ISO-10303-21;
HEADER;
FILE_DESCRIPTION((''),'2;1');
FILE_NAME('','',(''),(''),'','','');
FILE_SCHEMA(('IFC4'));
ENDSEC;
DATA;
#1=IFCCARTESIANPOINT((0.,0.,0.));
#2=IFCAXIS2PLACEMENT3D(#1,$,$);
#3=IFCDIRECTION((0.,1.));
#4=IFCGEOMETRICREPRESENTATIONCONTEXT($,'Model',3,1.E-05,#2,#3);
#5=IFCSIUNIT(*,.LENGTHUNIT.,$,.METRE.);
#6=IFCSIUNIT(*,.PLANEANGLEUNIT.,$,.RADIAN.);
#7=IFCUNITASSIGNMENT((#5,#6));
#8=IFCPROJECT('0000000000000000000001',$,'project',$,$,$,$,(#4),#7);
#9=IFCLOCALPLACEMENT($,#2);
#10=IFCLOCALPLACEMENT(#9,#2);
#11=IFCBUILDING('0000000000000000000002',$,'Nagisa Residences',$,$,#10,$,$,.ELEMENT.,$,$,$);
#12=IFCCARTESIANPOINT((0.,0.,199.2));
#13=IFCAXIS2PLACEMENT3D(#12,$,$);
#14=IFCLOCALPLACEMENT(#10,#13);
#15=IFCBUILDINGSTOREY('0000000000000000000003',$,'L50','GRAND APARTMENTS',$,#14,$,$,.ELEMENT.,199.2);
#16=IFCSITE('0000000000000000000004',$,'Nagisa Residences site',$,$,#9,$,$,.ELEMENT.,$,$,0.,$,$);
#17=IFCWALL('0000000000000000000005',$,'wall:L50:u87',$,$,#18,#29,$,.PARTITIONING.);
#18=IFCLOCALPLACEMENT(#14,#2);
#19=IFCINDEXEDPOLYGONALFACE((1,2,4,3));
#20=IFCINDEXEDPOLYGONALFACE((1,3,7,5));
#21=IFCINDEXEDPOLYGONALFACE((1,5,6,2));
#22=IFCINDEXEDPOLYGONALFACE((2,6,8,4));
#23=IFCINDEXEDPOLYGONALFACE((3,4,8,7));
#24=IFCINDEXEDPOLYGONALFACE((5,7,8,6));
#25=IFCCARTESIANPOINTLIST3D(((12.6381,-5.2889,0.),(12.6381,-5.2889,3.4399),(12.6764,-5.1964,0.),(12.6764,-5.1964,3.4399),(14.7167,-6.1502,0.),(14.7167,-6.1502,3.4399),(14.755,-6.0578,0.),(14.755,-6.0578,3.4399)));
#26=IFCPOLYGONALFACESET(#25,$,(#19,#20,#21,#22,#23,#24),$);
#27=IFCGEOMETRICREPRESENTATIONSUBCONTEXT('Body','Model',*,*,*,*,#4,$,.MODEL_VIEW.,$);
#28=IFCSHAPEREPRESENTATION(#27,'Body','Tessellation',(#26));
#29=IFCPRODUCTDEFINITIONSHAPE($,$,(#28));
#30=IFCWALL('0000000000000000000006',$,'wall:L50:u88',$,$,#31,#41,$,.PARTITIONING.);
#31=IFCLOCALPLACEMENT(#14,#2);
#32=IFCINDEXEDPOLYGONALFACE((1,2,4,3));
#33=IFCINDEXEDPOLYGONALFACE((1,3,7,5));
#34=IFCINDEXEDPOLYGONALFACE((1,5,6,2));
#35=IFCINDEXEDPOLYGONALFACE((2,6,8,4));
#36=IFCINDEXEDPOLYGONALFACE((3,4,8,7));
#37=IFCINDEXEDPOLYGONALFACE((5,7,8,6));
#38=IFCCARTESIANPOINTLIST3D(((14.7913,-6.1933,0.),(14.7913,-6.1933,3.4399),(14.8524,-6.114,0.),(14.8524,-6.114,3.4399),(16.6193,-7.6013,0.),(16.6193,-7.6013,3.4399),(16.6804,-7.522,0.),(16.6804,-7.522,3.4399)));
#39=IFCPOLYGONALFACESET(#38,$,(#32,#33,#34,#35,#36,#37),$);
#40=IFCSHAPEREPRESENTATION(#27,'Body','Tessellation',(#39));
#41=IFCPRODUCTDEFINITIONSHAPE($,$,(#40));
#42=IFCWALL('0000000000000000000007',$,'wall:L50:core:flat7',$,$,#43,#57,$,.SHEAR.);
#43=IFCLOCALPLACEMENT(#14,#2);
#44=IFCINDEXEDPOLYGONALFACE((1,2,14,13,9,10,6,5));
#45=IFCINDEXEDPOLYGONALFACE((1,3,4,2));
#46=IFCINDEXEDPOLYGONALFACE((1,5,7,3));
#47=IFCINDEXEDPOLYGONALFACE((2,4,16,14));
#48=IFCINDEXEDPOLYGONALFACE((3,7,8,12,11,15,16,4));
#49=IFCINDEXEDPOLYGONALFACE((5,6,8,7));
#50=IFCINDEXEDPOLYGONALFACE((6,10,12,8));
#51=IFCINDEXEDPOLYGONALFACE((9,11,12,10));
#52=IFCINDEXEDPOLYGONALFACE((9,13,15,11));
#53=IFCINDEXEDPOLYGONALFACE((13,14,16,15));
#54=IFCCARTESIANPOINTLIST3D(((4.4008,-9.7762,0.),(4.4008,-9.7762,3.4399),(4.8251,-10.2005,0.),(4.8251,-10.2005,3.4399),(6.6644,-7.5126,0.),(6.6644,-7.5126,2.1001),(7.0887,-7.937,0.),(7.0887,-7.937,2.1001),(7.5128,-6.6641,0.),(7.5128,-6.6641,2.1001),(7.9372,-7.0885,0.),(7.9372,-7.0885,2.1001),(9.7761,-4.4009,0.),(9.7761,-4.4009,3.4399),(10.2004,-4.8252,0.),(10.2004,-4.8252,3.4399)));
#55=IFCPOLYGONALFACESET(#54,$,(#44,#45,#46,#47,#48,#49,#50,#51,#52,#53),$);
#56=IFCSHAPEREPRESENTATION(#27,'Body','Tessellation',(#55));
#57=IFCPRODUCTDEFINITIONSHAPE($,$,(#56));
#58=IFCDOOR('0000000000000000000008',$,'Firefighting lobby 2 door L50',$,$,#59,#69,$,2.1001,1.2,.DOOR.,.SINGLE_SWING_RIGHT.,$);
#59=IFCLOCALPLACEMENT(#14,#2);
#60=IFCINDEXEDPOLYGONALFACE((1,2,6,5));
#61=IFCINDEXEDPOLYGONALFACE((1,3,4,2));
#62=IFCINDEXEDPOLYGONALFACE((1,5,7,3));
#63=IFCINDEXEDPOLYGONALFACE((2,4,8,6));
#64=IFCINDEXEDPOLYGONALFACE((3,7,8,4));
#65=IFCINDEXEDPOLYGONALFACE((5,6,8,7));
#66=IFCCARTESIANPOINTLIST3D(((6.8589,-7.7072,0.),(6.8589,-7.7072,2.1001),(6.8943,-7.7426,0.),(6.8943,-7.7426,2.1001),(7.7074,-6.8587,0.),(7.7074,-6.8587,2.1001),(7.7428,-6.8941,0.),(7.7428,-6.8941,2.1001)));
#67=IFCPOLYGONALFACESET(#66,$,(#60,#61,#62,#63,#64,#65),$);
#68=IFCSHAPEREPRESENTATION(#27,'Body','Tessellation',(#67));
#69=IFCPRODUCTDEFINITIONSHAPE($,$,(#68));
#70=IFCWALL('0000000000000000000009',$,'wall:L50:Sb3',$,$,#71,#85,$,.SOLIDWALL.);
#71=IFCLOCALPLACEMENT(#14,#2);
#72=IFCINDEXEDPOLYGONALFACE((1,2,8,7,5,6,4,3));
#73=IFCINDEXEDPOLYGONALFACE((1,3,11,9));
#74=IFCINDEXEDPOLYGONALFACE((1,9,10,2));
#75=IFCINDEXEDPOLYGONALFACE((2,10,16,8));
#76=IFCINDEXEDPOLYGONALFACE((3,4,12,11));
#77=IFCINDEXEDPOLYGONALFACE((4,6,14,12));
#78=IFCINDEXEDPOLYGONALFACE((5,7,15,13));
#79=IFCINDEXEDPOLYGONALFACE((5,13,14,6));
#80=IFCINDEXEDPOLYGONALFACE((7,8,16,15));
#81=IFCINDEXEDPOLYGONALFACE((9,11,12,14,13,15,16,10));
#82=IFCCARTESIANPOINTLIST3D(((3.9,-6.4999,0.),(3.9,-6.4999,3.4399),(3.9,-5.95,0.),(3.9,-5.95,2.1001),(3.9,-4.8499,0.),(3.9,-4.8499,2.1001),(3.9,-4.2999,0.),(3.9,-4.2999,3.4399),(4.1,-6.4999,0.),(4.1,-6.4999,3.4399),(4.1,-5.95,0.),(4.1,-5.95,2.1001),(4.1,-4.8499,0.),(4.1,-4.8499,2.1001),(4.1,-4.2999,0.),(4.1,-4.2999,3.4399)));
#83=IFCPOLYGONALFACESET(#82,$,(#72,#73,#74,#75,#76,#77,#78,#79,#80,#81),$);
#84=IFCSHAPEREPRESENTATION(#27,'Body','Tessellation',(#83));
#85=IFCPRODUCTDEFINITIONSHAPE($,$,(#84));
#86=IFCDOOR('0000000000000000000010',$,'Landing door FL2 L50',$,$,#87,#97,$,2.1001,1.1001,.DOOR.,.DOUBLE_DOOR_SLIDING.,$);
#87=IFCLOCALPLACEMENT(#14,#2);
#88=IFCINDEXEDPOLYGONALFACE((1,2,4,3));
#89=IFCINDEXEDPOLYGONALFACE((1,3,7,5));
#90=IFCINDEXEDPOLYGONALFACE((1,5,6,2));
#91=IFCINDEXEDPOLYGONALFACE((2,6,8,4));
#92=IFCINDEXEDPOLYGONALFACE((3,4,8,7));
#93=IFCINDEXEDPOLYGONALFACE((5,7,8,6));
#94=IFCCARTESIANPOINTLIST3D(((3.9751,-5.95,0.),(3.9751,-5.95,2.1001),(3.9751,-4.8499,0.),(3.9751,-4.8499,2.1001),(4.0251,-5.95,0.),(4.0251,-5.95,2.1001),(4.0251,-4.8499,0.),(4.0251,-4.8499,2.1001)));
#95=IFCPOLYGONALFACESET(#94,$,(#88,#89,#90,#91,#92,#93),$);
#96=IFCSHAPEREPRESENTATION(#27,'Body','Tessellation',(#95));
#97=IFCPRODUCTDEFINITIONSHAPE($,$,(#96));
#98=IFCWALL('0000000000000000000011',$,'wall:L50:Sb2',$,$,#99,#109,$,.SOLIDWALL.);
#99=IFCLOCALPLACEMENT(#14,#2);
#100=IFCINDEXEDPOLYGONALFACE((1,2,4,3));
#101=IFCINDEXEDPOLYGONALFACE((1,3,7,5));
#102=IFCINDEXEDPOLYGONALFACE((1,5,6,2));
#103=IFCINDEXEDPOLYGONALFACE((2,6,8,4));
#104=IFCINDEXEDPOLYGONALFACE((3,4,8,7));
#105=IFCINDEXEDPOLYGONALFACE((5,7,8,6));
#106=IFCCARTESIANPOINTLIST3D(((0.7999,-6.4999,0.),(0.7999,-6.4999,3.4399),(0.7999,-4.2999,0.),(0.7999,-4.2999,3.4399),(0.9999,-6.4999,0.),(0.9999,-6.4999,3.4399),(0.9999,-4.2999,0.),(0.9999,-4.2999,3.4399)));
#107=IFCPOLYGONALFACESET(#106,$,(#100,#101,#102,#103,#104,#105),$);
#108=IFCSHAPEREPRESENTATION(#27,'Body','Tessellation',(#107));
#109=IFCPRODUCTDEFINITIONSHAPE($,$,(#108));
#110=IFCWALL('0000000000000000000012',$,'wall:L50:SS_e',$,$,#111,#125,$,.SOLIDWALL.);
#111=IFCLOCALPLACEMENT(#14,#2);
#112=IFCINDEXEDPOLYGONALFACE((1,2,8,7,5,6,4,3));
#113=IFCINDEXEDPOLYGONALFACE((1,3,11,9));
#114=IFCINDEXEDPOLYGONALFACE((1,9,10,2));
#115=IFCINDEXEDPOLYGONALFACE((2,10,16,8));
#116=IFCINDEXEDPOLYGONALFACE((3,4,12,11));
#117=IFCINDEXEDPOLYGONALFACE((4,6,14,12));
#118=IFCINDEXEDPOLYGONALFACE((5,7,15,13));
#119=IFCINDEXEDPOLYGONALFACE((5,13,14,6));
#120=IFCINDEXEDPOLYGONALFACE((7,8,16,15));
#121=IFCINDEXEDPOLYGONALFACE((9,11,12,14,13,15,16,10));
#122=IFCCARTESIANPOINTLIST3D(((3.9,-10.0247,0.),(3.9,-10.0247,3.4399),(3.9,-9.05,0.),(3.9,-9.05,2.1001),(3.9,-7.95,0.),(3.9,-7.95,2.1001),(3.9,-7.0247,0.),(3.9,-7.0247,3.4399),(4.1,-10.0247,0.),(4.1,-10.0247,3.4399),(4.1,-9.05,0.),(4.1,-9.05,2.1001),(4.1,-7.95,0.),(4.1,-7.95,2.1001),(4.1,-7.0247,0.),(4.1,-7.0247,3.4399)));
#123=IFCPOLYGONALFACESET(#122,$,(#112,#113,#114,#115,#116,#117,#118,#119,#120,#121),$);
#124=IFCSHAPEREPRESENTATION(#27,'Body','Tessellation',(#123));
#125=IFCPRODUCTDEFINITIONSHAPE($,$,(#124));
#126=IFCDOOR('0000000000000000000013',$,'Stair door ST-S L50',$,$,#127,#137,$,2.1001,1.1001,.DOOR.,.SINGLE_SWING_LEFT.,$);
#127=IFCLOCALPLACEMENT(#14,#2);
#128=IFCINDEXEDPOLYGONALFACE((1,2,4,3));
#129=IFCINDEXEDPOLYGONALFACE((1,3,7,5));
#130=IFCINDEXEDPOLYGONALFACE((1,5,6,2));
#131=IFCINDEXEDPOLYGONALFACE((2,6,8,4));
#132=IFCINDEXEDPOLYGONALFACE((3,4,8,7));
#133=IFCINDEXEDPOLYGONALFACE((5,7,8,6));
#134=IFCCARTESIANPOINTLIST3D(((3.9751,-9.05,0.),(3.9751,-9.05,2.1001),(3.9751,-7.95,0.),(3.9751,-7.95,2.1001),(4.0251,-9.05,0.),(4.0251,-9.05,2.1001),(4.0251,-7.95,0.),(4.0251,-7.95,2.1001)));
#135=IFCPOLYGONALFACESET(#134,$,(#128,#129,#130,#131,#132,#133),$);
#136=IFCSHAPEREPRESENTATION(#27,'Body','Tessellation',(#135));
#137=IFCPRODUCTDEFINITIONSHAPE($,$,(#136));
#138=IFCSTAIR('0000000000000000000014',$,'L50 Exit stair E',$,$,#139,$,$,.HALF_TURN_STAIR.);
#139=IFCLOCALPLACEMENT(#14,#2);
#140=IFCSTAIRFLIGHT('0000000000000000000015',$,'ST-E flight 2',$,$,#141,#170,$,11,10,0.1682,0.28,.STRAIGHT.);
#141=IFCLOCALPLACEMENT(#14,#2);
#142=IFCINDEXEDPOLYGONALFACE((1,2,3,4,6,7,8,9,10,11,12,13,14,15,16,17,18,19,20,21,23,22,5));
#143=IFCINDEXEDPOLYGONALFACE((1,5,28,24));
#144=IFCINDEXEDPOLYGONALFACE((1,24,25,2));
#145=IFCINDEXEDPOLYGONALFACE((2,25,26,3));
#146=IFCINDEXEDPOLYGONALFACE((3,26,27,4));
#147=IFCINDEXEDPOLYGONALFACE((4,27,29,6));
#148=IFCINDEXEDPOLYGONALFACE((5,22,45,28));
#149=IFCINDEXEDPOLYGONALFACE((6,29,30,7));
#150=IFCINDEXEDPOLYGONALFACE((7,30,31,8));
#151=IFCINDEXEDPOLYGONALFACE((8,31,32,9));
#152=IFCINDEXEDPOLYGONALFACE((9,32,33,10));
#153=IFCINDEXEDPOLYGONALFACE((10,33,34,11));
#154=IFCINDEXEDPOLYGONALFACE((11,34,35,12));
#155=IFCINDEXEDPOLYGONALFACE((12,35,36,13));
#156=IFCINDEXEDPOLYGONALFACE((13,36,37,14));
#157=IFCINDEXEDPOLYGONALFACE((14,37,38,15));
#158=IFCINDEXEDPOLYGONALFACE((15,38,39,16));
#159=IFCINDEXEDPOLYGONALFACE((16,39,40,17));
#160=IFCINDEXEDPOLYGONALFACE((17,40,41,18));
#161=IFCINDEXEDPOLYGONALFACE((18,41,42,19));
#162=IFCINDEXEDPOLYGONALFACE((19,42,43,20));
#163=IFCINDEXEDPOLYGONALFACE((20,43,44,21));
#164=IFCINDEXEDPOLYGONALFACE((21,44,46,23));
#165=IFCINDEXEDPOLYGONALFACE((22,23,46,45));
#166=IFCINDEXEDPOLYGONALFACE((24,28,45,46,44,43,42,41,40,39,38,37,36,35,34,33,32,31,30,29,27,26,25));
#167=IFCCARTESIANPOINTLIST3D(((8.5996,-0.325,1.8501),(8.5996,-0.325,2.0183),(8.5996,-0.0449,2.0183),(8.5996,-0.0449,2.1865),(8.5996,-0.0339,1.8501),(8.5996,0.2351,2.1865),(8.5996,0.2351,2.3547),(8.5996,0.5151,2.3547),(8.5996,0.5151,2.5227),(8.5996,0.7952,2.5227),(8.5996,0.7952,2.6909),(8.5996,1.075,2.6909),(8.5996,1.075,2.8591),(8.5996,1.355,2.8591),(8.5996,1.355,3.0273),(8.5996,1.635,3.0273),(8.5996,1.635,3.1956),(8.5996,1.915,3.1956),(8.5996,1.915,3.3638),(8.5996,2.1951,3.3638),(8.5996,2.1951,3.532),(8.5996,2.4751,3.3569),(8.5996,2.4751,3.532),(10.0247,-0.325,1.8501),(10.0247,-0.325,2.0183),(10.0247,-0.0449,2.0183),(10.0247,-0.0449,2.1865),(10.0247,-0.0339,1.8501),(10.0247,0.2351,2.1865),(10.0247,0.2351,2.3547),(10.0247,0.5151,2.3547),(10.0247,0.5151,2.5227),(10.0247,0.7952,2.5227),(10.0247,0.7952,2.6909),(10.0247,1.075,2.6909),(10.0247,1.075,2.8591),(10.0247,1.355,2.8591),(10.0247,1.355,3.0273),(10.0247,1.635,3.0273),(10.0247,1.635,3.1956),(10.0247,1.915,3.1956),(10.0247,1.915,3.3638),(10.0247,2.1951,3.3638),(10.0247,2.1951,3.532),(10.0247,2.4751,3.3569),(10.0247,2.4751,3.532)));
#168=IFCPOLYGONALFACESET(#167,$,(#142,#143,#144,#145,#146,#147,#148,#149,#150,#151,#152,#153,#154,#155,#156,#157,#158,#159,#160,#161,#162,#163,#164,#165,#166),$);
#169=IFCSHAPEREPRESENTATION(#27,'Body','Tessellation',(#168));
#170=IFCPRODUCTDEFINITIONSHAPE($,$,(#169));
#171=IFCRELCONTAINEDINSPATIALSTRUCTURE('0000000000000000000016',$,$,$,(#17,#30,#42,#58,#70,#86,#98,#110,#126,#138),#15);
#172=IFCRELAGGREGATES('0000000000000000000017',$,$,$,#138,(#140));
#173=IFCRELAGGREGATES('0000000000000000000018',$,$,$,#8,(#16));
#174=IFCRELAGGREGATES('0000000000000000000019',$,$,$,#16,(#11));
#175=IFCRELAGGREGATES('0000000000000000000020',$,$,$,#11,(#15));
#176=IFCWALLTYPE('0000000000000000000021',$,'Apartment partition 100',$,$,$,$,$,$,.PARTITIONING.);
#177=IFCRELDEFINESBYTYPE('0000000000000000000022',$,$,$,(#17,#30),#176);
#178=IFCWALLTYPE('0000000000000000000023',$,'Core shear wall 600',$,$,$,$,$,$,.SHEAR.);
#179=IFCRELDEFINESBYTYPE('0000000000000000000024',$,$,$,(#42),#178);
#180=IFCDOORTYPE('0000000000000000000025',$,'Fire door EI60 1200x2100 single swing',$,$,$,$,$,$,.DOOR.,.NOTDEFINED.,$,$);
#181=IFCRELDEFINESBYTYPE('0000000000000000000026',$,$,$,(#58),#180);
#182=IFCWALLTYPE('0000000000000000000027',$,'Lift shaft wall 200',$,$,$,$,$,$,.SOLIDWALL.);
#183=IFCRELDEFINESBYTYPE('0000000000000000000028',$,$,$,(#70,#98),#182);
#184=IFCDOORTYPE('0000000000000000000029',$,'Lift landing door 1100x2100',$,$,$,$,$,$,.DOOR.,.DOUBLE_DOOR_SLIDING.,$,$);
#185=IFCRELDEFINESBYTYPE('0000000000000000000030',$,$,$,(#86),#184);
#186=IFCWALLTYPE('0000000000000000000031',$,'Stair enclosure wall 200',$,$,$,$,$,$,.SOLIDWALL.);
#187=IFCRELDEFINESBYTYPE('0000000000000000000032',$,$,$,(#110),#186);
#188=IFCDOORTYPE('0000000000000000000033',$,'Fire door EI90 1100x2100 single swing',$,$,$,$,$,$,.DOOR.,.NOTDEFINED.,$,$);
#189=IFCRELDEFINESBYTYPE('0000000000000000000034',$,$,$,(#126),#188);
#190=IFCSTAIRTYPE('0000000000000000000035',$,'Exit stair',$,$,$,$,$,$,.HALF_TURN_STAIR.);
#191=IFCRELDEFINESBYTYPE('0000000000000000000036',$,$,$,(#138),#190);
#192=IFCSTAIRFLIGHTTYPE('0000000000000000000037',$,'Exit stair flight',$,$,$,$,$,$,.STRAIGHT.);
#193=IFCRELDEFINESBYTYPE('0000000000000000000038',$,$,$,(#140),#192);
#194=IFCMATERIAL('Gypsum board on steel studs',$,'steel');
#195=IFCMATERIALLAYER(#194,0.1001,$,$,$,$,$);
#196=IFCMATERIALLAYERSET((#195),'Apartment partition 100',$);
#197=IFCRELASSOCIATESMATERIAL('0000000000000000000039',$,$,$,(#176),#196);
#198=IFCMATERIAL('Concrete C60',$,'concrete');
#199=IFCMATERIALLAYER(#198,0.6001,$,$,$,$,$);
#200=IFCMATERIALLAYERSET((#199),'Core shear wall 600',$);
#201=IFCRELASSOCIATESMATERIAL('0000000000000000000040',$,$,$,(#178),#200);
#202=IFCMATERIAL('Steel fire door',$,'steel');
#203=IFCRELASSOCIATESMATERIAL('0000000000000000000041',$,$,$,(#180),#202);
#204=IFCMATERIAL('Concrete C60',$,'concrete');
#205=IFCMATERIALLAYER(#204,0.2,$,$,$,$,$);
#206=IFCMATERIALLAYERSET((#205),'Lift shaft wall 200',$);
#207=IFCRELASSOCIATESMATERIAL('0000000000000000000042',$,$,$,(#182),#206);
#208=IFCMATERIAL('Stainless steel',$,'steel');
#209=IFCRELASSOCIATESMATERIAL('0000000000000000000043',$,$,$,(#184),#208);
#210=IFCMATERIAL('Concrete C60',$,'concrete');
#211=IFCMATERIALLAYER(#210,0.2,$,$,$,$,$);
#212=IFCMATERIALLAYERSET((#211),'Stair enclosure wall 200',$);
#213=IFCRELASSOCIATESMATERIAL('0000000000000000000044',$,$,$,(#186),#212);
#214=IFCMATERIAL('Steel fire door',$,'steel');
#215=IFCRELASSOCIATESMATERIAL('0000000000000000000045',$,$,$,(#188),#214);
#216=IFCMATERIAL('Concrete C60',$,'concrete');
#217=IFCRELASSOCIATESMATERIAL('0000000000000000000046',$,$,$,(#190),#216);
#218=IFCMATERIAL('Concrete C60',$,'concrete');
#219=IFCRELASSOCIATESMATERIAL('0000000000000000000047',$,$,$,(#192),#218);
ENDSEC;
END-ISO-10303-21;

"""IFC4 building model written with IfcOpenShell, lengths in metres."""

from ifc_helpers import new_model, si_unit, direction, frame, frame_2d, origin, place, context, subcontext, project, spatial, polyline, rectangle, outline, extrude, material, layer, layer_set, type_object, element, fill, aggregate, save


model = new_model("IFC4")

# Units and contexts
model_context = context("Model", 3, precision=1e-05, world=origin(), true_north=direction((0.0, 1.0)))
body_context = subcontext(model_context, "Body", "Model", "MODEL_VIEW")
ifc_project = project(units=[si_unit("LENGTHUNIT", "METRE"), si_unit("PLANEANGLEUNIT", "RADIAN")], contexts=[model_context])

# Site, building, storey
site_placement = place(None, origin())
site = spatial("IfcSite", under=ifc_project, at=site_placement, Name="Nagisa Residences site", CompositionType="ELEMENT", RefElevation=0.0)
building_placement = place(site_placement, origin())
building = spatial("IfcBuilding", under=site, at=building_placement, Name="Nagisa Residences", CompositionType="ELEMENT")
storey_placement = place(building_placement, frame((0.0, 0.0, 199.2)))
storey = spatial("IfcBuildingStorey", under=building, at=storey_placement, Name="L50", Description="GRAND APARTMENTS", CompositionType="ELEMENT", Elevation=199.2)

# Shared definitions
ifc_material_1 = material(Name="Gypsum board on steel studs", Category="steel")
ifc_layer_1 = layer(ifc_material_1, 0.1001)
ifc_layer_set_1 = layer_set([ifc_layer_1], Name="Apartment partition 100")
wall_type_1 = type_object("IfcWallType", Name="Apartment partition 100", PredefinedType="PARTITIONING", material=ifc_layer_set_1)

# Walls
wall_1_placement = place(storey_placement, frame((12.6572, -5.2427, 0.0), z_axis=(0.0, 0.0, 1.0), x_axis=(0.923826, -0.382812, 0.0)))
element("IfcWall", 1, at=wall_1_placement, inside=storey, type_object=wall_type_1, Name="wall:L50:u87", PredefinedType="PARTITIONING", context=body_context, shape_type="SweptSolid", body=[
    extrude(rectangle(XDim=2.25, YDim=0.1001, at=frame_2d((1.125, 0.0))), origin(), (0.0, 0.0, 1.0), 3.4399),
])
wall_2_placement = place(storey_placement, frame((14.8218, -6.1536, 0.0), z_axis=(0.0, 0.0, 1.0), x_axis=(0.792227, -0.610227, 0.0)))
element("IfcWall", 2, at=wall_2_placement, inside=storey, type_object=wall_type_1, Name="wall:L50:u88", PredefinedType="PARTITIONING", context=body_context, shape_type="SweptSolid", body=[
    extrude(rectangle(XDim=2.3074, YDim=0.1001, at=frame_2d((1.1538, 0.0))), origin(), (0.0, 0.0, 1.0), 3.4399),
])

# Walls, openings, doors
ifc_material_2 = material(Name="Concrete C60", Category="concrete")
ifc_layer_2 = layer(ifc_material_2, 0.6001)
ifc_layer_set_2 = layer_set([ifc_layer_2], Name="Core shear wall 600")
wall_type_2 = type_object("IfcWallType", Name="Core shear wall 600", PredefinedType="SHEAR", material=ifc_layer_set_2)
wall_3_placement = place(storey_placement, frame((4.613, -9.9883, 0.0), z_axis=(0.0, 0.0, 1.0), x_axis=(0.707107, 0.707107, 0.0)))
wall_3 = element("IfcWall", 3, at=wall_3_placement, inside=storey, type_object=wall_type_2, Name="wall:L50:core:flat7", PredefinedType="SHEAR", context=body_context, shape_type="SweptSolid", body=[
    extrude(rectangle(XDim=7.6018, YDim=0.6001, at=frame_2d((3.8008, 0.0))), origin(), (0.0, 0.0, 1.0), 3.4399),
])
opening_1_placement = place(wall_3_placement, frame((3.2009, 0.0, 0.0)))
opening_1 = element("IfcOpeningElement", 4, at=opening_1_placement, cuts=wall_3, PredefinedType="OPENING", context=body_context, shape_type="SweptSolid", body=[
    extrude(rectangle(XDim=1.2, YDim=2.1001, at=frame_2d((0.6001, 1.05))), frame((0.0, 0.3101, 0.0), z_axis=(0.0, -1.0, 0.0), x_axis=(1.0, 0.0, 0.0)), (0.0, 0.0, 1.0), 0.6201),
])
ifc_material_3 = material(Name="Steel fire door", Category="steel")
door_type_1 = type_object("IfcDoorType", Name="Fire door EI60 1200x2100 single swing", OperationType="NOTDEFINED", PredefinedType="DOOR", material=ifc_material_3)
door_1_placement = place(opening_1_placement, origin())
door_1 = element("IfcDoor", 5, at=door_1_placement, inside=storey, type_object=door_type_1, Name="Firefighting lobby 2 door L50", OperationType="SINGLE_SWING_RIGHT", OverallHeight=2.1001, OverallWidth=1.2, PredefinedType="DOOR", context=body_context, shape_type="SweptSolid", body=[
    extrude(rectangle(XDim=1.2, YDim=2.1001, at=frame_2d((0.6001, 1.05))), frame((0.0, 0.0249, 0.0), z_axis=(0.0, -1.0, 0.0), x_axis=(1.0, 0.0, 0.0)), (0.0, 0.0, 1.0), 0.05),
])
fill(opening_1, door_1)
ifc_material_4 = material(Name="Concrete C60", Category="concrete")
ifc_layer_3 = layer(ifc_material_4, 0.2)
ifc_layer_set_3 = layer_set([ifc_layer_3], Name="Lift shaft wall 200")
wall_type_3 = type_object("IfcWallType", Name="Lift shaft wall 200", PredefinedType="SOLIDWALL", material=ifc_layer_set_3)
wall_4_placement = place(storey_placement, frame((4.0, -6.5, 0.0), z_axis=(0.0, 0.0, 1.0), x_axis=(0.0, 1.0, 0.0)))
wall_4 = element("IfcWall", 6, at=wall_4_placement, inside=storey, type_object=wall_type_3, Name="wall:L50:Sb3", PredefinedType="SOLIDWALL", context=body_context, shape_type="SweptSolid", body=[
    extrude(rectangle(XDim=2.2, YDim=0.2, at=frame_2d((1.1001, 0.0))), origin(), (0.0, 0.0, 1.0), 3.4399),
])
opening_2_placement = place(wall_4_placement, frame((0.55, 0.0, 0.0)))
opening_2 = element("IfcOpeningElement", 7, at=opening_2_placement, cuts=wall_4, PredefinedType="OPENING", context=body_context, shape_type="SweptSolid", body=[
    extrude(rectangle(XDim=1.1001, YDim=2.1001, at=frame_2d((0.55, 1.05))), frame((0.0, 0.1099, 0.0), z_axis=(0.0, -1.0, 0.0), x_axis=(1.0, 0.0, 0.0)), (0.0, 0.0, 1.0), 0.22),
])
ifc_material_5 = material(Name="Stainless steel", Category="steel")
door_type_2 = type_object("IfcDoorType", Name="Lift landing door 1100x2100", OperationType="DOUBLE_DOOR_SLIDING", PredefinedType="DOOR", material=ifc_material_5)
door_2_placement = place(opening_2_placement, origin())
door_2 = element("IfcDoor", 8, at=door_2_placement, inside=storey, type_object=door_type_2, Name="Landing door FL2 L50", OperationType="DOUBLE_DOOR_SLIDING", OverallHeight=2.1001, OverallWidth=1.1001, PredefinedType="DOOR", context=body_context, shape_type="SweptSolid", body=[
    extrude(rectangle(XDim=1.1001, YDim=2.1001, at=frame_2d((0.55, 1.05))), frame((0.0, 0.0249, 0.0), z_axis=(0.0, -1.0, 0.0), x_axis=(1.0, 0.0, 0.0)), (0.0, 0.0, 1.0), 0.05),
])
fill(opening_2, door_2)

# Wall
wall_5_placement = place(storey_placement, frame((0.8999, -6.5, 0.0), z_axis=(0.0, 0.0, 1.0), x_axis=(0.0, 1.0, 0.0)))
element("IfcWall", 9, at=wall_5_placement, inside=storey, type_object=wall_type_3, Name="wall:L50:Sb2", PredefinedType="SOLIDWALL", context=body_context, shape_type="SweptSolid", body=[
    extrude(rectangle(XDim=2.2, YDim=0.2, at=frame_2d((1.1001, 0.0))), origin(), (0.0, 0.0, 1.0), 3.4399),
])

# Wall, opening, door
ifc_material_6 = material(Name="Concrete C60", Category="concrete")
ifc_layer_4 = layer(ifc_material_6, 0.2)
ifc_layer_set_4 = layer_set([ifc_layer_4], Name="Stair enclosure wall 200")
wall_type_4 = type_object("IfcWallType", Name="Stair enclosure wall 200", PredefinedType="SOLIDWALL", material=ifc_layer_set_4)
wall_6_placement = place(storey_placement, frame((4.0, -10.0247, 0.0), z_axis=(0.0, 0.0, 1.0), x_axis=(0.0, 1.0, 0.0)))
wall_6 = element("IfcWall", 10, at=wall_6_placement, inside=storey, type_object=wall_type_4, Name="wall:L50:SS_e", PredefinedType="SOLIDWALL", context=body_context, shape_type="SweptSolid", body=[
    extrude(rectangle(XDim=3.0, YDim=0.2, at=frame_2d((1.5, 0.0))), origin(), (0.0, 0.0, 1.0), 3.4399),
])
opening_3_placement = place(wall_6_placement, frame((0.9746, 0.0, 0.0)))
opening_3 = element("IfcOpeningElement", 11, at=opening_3_placement, cuts=wall_6, PredefinedType="OPENING", context=body_context, shape_type="SweptSolid", body=[
    extrude(rectangle(XDim=1.1001, YDim=2.1001, at=frame_2d((0.55, 1.05))), frame((0.0, 0.1099, 0.0), z_axis=(0.0, -1.0, 0.0), x_axis=(1.0, 0.0, 0.0)), (0.0, 0.0, 1.0), 0.22),
])
ifc_material_7 = material(Name="Steel fire door", Category="steel")
door_type_3 = type_object("IfcDoorType", Name="Fire door EI90 1100x2100 single swing", OperationType="NOTDEFINED", PredefinedType="DOOR", material=ifc_material_7)
door_3_placement = place(opening_3_placement, origin())
door_3 = element("IfcDoor", 12, at=door_3_placement, inside=storey, type_object=door_type_3, Name="Stair door ST-S L50", OperationType="SINGLE_SWING_LEFT", OverallHeight=2.1001, OverallWidth=1.1001, PredefinedType="DOOR", context=body_context, shape_type="SweptSolid", body=[
    extrude(rectangle(XDim=1.1001, YDim=2.1001, at=frame_2d((0.55, 1.05))), frame((0.0, 0.0249, 0.0), z_axis=(0.0, -1.0, 0.0), x_axis=(1.0, 0.0, 0.0)), (0.0, 0.0, 1.0), 0.05),
])
fill(opening_3, door_3)

# Stair, stair flight
ifc_material_8 = material(Name="Concrete C60", Category="concrete")
stair_type = type_object("IfcStairType", Name="Exit stair", PredefinedType="HALF_TURN_STAIR", material=ifc_material_8)
stair_1_placement = place(storey_placement, origin())
stair_1 = element("IfcStair", 13, at=stair_1_placement, inside=storey, type_object=stair_type, Name="L50 Exit stair E", PredefinedType="HALF_TURN_STAIR")
ifc_material_9 = material(Name="Concrete C60", Category="concrete")
stair_flight_type = type_object("IfcStairFlightType", Name="Exit stair flight", PredefinedType="STRAIGHT", material=ifc_material_9)
stair_flight_1_placement = place(storey_placement, frame((9.312, -0.325, 1.8501), z_axis=(0.0, 0.0, 1.0), x_axis=(0.0, 1.0, 0.0)))
stair_flight_1 = element("IfcStairFlight", 14, at=stair_flight_1_placement, type_object=stair_flight_type, Name="ST-E flight 2", NumberOfRisers=11, NumberOfTreads=10, PredefinedType="STRAIGHT", RiserHeight=0.1682, TreadLength=0.28, context=body_context, shape_type="SweptSolid", body=[
    extrude(outline(polyline([(0.0, 0.0), (0.0, 0.1682), (0.28, 0.1682), (0.28, 0.3364), (0.5601, 0.3364), (0.5601, 0.5046), (0.8401, 0.5046), (0.8401, 0.6726), (1.1201, 0.6726), (1.1201, 0.8408), (1.3999, 0.8408), (1.3999, 1.009), (1.6799, 1.009), (1.6799, 1.1772), (1.96, 1.1772), (1.96, 1.3455), (2.24, 1.3455), (2.24, 1.5137), (2.52, 1.5137), (2.52, 1.6819), (2.8, 1.6819), (2.8, 1.8501), (2.8, 1.5068), (0.291, 0.0), (0.0, 0.0)])), frame((0.0, 0.7124, 0.0), z_axis=(0.0, -1.0, 0.0), x_axis=(1.0, 0.0, 0.0)), (0.0, 0.0, 1.0), 1.425),
])
aggregate(stair_1, [stair_flight_1])

save(model, "model.ifc")
